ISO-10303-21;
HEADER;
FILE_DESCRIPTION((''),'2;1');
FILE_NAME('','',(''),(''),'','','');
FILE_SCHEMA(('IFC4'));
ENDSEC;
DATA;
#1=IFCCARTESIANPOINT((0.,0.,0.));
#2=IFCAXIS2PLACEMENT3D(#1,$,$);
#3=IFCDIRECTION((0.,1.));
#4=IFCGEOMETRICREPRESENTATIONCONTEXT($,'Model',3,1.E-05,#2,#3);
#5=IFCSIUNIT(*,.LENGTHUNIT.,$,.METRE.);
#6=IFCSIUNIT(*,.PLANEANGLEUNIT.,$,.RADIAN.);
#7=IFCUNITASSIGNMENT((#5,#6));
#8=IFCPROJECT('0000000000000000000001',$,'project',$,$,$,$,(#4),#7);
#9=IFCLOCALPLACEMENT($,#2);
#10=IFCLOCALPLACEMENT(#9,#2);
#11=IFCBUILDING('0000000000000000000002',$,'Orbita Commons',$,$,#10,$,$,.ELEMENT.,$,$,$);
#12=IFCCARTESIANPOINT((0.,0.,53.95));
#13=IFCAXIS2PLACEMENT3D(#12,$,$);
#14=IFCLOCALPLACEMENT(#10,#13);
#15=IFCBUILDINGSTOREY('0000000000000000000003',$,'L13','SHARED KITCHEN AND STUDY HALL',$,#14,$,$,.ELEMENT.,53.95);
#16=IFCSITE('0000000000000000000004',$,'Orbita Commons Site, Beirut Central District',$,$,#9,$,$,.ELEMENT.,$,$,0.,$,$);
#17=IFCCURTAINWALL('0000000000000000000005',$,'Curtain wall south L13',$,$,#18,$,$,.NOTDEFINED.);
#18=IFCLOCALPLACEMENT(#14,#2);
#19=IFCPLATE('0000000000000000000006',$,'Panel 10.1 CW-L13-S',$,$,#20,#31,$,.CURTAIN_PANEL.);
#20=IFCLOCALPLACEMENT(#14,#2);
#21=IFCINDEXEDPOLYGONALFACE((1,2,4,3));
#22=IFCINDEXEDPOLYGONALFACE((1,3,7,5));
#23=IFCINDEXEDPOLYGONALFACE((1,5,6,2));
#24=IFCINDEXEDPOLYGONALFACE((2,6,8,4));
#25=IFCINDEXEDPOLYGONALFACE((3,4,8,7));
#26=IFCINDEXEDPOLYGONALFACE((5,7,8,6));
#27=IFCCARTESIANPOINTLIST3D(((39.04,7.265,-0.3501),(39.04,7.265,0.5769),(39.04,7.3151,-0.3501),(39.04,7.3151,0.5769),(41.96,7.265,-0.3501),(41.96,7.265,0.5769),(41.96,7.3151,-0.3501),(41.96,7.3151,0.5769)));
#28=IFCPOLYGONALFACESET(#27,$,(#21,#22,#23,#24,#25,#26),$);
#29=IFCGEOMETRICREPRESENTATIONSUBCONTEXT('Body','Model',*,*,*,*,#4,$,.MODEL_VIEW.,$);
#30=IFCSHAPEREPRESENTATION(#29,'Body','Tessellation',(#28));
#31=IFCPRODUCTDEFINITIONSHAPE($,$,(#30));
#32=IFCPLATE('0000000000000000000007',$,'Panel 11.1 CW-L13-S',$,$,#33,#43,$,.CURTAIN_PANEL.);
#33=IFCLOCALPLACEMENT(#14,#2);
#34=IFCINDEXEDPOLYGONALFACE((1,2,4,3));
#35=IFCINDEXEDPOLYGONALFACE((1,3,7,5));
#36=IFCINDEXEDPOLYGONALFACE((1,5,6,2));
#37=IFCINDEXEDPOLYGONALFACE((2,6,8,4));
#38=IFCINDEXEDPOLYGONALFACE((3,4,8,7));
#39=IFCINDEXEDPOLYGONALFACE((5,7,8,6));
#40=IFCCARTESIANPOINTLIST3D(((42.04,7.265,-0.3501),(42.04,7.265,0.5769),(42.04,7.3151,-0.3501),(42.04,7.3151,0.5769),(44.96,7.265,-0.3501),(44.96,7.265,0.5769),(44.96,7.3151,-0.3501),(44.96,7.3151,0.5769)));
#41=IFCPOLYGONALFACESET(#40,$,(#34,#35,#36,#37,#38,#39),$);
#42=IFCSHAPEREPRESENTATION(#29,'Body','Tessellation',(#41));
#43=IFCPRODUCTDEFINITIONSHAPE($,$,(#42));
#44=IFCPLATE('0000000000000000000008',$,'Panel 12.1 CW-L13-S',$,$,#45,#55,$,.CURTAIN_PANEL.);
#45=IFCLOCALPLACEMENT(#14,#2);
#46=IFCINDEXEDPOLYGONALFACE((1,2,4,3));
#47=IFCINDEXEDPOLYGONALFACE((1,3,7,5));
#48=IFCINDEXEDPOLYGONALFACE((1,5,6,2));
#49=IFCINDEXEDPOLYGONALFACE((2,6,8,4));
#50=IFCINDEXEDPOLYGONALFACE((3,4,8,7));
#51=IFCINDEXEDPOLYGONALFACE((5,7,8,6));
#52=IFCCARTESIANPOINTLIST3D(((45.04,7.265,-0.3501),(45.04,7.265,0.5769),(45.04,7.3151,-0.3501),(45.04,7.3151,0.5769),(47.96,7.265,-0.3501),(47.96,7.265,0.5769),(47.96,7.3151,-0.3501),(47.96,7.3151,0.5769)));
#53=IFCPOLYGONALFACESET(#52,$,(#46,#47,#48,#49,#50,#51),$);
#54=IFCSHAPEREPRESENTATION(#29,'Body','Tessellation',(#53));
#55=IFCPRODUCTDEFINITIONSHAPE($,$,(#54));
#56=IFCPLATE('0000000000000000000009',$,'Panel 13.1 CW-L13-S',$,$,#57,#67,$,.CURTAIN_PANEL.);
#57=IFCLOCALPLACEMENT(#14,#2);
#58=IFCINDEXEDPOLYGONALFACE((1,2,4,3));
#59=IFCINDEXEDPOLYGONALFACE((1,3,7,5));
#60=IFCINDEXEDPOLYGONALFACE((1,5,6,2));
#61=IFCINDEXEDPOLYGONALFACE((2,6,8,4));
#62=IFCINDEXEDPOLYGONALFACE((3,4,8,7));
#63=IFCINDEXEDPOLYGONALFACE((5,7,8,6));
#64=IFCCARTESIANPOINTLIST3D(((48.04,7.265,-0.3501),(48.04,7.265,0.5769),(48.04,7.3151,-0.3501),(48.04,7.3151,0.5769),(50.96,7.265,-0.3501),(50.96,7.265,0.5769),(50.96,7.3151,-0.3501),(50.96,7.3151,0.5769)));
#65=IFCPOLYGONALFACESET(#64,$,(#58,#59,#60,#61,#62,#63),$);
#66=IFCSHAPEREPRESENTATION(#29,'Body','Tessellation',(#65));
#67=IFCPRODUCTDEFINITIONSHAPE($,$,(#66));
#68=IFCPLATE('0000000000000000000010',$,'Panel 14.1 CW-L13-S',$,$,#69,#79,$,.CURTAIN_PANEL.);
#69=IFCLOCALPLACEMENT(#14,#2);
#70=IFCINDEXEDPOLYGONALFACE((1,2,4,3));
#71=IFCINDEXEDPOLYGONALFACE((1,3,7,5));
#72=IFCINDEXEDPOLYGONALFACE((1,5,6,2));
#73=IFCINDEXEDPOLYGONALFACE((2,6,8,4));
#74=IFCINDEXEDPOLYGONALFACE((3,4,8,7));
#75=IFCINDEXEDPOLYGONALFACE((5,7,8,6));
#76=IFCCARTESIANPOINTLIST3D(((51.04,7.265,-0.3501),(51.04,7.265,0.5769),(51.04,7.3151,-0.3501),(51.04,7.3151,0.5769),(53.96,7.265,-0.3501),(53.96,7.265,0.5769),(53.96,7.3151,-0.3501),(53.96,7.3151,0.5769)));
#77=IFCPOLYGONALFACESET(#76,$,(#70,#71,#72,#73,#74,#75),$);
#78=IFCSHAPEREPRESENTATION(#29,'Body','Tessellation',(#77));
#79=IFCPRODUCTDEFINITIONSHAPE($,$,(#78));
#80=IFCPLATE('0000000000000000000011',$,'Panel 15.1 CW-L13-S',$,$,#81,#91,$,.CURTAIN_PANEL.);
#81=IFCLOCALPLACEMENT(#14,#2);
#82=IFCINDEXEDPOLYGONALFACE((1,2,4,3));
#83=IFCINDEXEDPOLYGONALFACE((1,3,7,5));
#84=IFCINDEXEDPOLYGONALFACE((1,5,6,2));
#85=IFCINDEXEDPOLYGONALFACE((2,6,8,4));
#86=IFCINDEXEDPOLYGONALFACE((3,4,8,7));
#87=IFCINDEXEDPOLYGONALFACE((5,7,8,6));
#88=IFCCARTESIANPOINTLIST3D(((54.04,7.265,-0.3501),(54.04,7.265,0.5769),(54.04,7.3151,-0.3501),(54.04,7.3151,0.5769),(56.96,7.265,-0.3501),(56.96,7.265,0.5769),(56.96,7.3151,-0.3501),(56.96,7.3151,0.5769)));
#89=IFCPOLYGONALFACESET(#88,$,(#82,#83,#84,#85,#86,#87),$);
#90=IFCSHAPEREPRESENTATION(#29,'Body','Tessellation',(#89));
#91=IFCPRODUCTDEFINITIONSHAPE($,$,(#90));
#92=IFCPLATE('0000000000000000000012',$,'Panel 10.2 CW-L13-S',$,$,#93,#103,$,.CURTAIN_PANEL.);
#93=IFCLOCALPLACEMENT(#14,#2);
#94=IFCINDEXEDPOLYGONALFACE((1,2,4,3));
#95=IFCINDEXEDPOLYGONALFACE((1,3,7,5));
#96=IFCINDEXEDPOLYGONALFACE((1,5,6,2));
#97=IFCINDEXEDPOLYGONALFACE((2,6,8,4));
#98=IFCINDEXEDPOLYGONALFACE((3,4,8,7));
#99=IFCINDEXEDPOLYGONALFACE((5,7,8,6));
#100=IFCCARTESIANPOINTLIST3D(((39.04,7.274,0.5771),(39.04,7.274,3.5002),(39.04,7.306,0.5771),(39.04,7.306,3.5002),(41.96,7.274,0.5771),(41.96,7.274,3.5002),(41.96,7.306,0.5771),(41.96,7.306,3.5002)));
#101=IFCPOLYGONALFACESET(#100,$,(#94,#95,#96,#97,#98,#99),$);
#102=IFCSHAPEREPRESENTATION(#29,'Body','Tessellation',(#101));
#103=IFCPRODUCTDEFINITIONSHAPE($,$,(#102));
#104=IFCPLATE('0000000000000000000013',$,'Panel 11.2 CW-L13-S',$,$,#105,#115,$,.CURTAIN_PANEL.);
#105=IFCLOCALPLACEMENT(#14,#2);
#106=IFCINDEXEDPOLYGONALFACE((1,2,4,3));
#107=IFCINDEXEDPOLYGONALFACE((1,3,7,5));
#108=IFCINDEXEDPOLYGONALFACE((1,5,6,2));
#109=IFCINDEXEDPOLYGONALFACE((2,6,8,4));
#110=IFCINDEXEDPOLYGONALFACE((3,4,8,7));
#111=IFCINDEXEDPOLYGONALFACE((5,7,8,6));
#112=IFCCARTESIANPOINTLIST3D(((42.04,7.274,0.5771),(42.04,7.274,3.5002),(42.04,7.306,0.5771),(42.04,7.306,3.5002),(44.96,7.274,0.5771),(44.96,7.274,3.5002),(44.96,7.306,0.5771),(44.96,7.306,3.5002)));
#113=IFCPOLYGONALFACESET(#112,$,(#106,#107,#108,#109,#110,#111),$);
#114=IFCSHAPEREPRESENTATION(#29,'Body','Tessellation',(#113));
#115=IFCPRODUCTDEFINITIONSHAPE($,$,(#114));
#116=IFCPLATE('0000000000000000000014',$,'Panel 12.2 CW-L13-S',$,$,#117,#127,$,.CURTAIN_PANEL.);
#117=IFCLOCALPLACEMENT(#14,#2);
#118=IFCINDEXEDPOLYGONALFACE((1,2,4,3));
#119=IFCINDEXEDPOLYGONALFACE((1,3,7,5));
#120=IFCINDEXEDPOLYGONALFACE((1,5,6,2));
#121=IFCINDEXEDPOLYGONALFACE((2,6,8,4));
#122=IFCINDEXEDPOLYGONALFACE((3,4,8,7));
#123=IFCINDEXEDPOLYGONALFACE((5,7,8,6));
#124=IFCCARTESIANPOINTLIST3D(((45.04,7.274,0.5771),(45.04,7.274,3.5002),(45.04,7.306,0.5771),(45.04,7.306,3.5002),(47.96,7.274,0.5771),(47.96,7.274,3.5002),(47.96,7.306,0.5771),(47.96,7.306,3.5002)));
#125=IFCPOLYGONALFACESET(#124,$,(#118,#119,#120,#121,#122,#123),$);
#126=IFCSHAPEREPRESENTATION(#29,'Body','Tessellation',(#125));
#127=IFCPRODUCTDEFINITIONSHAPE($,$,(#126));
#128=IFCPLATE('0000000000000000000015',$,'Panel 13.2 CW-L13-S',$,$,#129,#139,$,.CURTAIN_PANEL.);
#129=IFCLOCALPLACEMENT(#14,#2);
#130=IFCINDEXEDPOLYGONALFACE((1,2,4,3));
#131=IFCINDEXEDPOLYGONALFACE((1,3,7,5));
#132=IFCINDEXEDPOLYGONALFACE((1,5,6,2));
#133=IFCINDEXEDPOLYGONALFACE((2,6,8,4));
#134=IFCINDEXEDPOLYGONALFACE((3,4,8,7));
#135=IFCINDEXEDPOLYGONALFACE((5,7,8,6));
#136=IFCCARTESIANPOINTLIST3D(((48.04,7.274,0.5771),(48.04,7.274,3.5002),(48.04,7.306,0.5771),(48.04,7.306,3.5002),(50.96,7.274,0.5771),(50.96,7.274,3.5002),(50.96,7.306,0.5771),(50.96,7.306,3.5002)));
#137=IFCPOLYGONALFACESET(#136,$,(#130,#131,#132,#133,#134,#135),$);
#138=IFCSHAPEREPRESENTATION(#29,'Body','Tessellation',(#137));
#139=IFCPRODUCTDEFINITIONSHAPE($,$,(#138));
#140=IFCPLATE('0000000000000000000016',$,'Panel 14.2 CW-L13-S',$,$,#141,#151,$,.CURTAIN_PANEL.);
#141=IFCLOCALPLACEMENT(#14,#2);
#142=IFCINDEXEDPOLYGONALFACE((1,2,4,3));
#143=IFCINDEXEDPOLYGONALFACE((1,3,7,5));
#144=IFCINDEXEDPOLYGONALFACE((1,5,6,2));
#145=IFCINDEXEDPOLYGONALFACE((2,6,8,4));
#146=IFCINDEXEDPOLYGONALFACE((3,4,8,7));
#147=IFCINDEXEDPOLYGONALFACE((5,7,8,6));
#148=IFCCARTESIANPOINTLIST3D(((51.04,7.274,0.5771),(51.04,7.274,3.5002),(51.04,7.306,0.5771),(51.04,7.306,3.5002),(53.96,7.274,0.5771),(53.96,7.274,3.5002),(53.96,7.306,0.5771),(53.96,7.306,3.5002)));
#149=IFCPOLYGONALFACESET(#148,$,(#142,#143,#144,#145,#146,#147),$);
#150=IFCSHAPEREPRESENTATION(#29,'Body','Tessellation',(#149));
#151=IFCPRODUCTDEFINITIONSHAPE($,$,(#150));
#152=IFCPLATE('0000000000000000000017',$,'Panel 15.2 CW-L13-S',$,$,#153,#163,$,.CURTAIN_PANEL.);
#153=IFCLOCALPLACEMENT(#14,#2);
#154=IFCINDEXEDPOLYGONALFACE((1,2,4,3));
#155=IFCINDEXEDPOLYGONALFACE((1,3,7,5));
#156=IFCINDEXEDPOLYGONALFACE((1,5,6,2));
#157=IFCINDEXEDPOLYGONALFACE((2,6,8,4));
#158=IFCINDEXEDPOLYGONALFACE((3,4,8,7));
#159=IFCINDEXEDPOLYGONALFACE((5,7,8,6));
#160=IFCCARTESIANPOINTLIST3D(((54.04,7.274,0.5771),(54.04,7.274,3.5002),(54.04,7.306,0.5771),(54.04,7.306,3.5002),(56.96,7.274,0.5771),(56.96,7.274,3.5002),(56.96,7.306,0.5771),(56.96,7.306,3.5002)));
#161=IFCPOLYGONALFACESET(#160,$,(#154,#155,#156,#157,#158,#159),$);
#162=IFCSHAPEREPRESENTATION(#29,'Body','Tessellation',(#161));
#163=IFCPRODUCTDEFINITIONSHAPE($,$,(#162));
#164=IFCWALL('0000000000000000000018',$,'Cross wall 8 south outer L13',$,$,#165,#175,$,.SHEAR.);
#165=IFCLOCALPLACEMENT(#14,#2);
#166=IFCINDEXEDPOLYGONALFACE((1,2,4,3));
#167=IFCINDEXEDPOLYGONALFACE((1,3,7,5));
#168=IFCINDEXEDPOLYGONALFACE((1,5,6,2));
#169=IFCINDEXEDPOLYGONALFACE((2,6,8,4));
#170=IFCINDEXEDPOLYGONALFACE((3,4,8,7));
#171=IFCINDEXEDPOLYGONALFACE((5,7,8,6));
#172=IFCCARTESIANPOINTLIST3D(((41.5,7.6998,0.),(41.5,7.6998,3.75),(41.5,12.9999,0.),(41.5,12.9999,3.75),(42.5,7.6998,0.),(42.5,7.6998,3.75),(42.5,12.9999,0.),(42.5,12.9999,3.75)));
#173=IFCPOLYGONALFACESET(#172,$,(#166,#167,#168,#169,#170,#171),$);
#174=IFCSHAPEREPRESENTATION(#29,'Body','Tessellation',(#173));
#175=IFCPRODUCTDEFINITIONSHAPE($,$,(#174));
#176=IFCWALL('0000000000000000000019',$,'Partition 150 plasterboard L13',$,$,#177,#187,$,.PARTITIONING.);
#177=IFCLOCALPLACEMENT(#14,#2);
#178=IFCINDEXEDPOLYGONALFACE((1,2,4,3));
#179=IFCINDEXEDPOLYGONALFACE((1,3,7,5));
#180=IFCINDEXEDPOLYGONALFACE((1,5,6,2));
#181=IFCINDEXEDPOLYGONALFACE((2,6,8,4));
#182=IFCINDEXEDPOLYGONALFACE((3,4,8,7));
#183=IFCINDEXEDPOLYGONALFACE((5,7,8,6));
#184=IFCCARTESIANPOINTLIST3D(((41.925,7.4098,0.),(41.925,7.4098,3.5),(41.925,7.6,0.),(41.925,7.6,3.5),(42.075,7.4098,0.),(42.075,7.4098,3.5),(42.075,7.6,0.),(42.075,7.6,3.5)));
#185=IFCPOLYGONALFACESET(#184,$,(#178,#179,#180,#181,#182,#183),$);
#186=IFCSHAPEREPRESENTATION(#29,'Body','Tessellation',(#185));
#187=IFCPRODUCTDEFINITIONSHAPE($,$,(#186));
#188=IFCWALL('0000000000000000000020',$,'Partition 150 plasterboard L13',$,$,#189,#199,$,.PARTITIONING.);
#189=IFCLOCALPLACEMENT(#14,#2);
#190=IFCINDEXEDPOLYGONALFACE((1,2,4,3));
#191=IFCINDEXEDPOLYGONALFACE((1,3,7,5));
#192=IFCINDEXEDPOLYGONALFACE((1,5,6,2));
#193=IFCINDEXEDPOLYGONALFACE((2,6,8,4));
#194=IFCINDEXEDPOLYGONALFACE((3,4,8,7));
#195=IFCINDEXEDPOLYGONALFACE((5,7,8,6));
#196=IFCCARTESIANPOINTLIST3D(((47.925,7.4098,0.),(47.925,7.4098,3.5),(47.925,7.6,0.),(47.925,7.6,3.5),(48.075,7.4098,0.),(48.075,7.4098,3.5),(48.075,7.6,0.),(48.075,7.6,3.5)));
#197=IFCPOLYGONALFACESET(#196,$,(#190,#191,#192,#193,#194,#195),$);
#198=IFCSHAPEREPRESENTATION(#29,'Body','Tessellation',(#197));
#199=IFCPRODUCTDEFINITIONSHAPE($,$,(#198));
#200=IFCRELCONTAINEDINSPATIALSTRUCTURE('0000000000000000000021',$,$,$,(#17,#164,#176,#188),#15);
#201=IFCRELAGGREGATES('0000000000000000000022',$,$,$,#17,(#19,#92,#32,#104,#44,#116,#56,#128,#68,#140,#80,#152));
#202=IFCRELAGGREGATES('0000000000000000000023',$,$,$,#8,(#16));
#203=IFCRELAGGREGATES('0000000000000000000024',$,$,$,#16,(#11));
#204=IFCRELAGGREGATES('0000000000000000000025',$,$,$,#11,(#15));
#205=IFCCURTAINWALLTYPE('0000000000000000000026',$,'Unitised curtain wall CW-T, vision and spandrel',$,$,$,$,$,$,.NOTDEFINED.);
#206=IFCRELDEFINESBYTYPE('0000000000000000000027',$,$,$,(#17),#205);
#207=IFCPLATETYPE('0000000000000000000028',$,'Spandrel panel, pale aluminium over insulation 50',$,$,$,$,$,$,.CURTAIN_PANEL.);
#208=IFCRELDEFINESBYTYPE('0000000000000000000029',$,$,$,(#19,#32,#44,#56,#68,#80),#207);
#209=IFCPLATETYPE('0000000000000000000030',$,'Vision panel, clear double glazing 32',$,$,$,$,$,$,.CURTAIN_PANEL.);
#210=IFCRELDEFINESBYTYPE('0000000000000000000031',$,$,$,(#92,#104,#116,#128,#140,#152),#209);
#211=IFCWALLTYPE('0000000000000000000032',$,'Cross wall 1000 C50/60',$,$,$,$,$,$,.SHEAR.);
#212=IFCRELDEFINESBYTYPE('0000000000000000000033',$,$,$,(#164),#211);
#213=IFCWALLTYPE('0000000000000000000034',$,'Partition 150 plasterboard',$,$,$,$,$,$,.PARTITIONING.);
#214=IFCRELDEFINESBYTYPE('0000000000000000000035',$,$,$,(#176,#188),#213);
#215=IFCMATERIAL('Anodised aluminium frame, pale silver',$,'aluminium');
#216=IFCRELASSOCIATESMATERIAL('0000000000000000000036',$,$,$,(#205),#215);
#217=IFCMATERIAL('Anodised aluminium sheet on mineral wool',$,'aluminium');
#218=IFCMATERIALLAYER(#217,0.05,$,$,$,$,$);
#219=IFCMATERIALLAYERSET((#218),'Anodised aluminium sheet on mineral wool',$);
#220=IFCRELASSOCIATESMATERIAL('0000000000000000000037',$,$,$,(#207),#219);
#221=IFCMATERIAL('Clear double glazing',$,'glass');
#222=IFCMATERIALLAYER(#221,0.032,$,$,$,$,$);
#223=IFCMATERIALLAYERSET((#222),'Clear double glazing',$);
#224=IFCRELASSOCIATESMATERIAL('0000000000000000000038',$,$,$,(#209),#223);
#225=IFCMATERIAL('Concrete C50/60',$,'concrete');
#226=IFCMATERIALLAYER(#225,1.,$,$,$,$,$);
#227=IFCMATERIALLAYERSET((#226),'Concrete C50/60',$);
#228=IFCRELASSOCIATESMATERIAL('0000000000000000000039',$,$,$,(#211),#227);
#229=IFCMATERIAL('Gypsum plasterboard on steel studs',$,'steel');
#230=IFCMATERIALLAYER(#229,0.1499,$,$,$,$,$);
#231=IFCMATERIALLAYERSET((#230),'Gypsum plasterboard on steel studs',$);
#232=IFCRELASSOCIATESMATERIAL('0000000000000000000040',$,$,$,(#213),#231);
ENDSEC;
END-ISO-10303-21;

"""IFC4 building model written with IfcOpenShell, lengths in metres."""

from ifc_helpers import new_model, si_unit, direction, frame, frame_2d, origin, origin_2d, place, context, subcontext, project, spatial, rectangle, extrude, material, layer, layer_set, type_object, element, aggregate, save


model = new_model("IFC4")

# Units and contexts
model_context = context("Model", 3, precision=1e-05, world=origin(), true_north=direction((0.0, 1.0)))
body_context = subcontext(model_context, "Body", "Model", "MODEL_VIEW")
ifc_project = project(units=[si_unit("LENGTHUNIT", "METRE"), si_unit("PLANEANGLEUNIT", "RADIAN")], contexts=[model_context])

# Site, building, storey
site_placement = place(None, origin())
site = spatial("IfcSite", under=ifc_project, at=site_placement, Name="Orbita Commons Site, Beirut Central District", CompositionType="ELEMENT", RefElevation=0.0)
building_placement = place(site_placement, origin())
building = spatial("IfcBuilding", under=site, at=building_placement, Name="Orbita Commons", CompositionType="ELEMENT")
storey_placement = place(building_placement, frame((0.0, 0.0, 53.95)))
storey = spatial("IfcBuildingStorey", under=building, at=storey_placement, Name="L13", Description="SHARED KITCHEN AND STUDY HALL", CompositionType="ELEMENT", Elevation=53.95)

# Curtain wall, plates
ifc_material_1 = material(Name="Anodised aluminium frame, pale silver", Category="aluminium")
curtain_wall_type = type_object("IfcCurtainWallType", Name="Unitised curtain wall CW-T, vision and spandrel", PredefinedType="NOTDEFINED", material=ifc_material_1)
curtain_wall_placement = place(storey_placement, origin())
curtain_wall = element("IfcCurtainWall", 1, at=curtain_wall_placement, inside=storey, type_object=curtain_wall_type, Name="Curtain wall south L13", PredefinedType="NOTDEFINED")
ifc_material_2 = material(Name="Anodised aluminium sheet on mineral wool", Category="aluminium")
ifc_layer_1 = layer(ifc_material_2, 0.05)
ifc_layer_set_1 = layer_set([ifc_layer_1], Name="Anodised aluminium sheet on mineral wool")
plate_type_1 = type_object("IfcPlateType", Name="Spandrel panel, pale aluminium over insulation 50", PredefinedType="CURTAIN_PANEL", material=ifc_layer_set_1)
plate_1_placement = place(storey_placement, frame((40.5, 7.29, -0.3501), z_axis=(0.0, 0.0, 1.0), x_axis=(1.0, 0.0, 0.0)))
plate_1 = element("IfcPlate", 2, at=plate_1_placement, type_object=plate_type_1, Name="Panel 10.1 CW-L13-S", PredefinedType="CURTAIN_PANEL", context=body_context, shape_type="SweptSolid", body=[
    extrude(rectangle(XDim=2.9199, YDim=0.05, at=origin_2d()), origin(), (0.0, 0.0, 1.0), 0.927),
])
plate_2_placement = place(storey_placement, frame((43.5, 7.29, -0.3501), z_axis=(0.0, 0.0, 1.0), x_axis=(1.0, 0.0, 0.0)))
plate_2 = element("IfcPlate", 3, at=plate_2_placement, type_object=plate_type_1, Name="Panel 11.1 CW-L13-S", PredefinedType="CURTAIN_PANEL", context=body_context, shape_type="SweptSolid", body=[
    extrude(rectangle(XDim=2.9199, YDim=0.05, at=origin_2d()), origin(), (0.0, 0.0, 1.0), 0.927),
])
plate_3_placement = place(storey_placement, frame((46.5, 7.29, -0.3501), z_axis=(0.0, 0.0, 1.0), x_axis=(1.0, 0.0, 0.0)))
plate_3 = element("IfcPlate", 4, at=plate_3_placement, type_object=plate_type_1, Name="Panel 12.1 CW-L13-S", PredefinedType="CURTAIN_PANEL", context=body_context, shape_type="SweptSolid", body=[
    extrude(rectangle(XDim=2.9199, YDim=0.05, at=origin_2d()), origin(), (0.0, 0.0, 1.0), 0.927),
])
plate_4_placement = place(storey_placement, frame((49.5, 7.29, -0.3501), z_axis=(0.0, 0.0, 1.0), x_axis=(1.0, 0.0, 0.0)))
plate_4 = element("IfcPlate", 5, at=plate_4_placement, type_object=plate_type_1, Name="Panel 13.1 CW-L13-S", PredefinedType="CURTAIN_PANEL", context=body_context, shape_type="SweptSolid", body=[
    extrude(rectangle(XDim=2.9199, YDim=0.05, at=origin_2d()), origin(), (0.0, 0.0, 1.0), 0.927),
])
plate_5_placement = place(storey_placement, frame((52.5, 7.29, -0.3501), z_axis=(0.0, 0.0, 1.0), x_axis=(1.0, 0.0, 0.0)))
plate_5 = element("IfcPlate", 6, at=plate_5_placement, type_object=plate_type_1, Name="Panel 14.1 CW-L13-S", PredefinedType="CURTAIN_PANEL", context=body_context, shape_type="SweptSolid", body=[
    extrude(rectangle(XDim=2.9199, YDim=0.05, at=origin_2d()), origin(), (0.0, 0.0, 1.0), 0.927),
])
plate_6_placement = place(storey_placement, frame((55.5, 7.29, -0.3501), z_axis=(0.0, 0.0, 1.0), x_axis=(1.0, 0.0, 0.0)))
plate_6 = element("IfcPlate", 7, at=plate_6_placement, type_object=plate_type_1, Name="Panel 15.1 CW-L13-S", PredefinedType="CURTAIN_PANEL", context=body_context, shape_type="SweptSolid", body=[
    extrude(rectangle(XDim=2.9199, YDim=0.05, at=origin_2d()), origin(), (0.0, 0.0, 1.0), 0.927),
])
ifc_material_3 = material(Name="Clear double glazing", Category="glass")
ifc_layer_2 = layer(ifc_material_3, 0.032)
ifc_layer_set_2 = layer_set([ifc_layer_2], Name="Clear double glazing")
plate_type_2 = type_object("IfcPlateType", Name="Vision panel, clear double glazing 32", PredefinedType="CURTAIN_PANEL", material=ifc_layer_set_2)
plate_7_placement = place(storey_placement, frame((40.5, 7.29, 0.5771), z_axis=(0.0, 0.0, 1.0), x_axis=(1.0, 0.0, 0.0)))
plate_7 = element("IfcPlate", 8, at=plate_7_placement, type_object=plate_type_2, Name="Panel 10.2 CW-L13-S", PredefinedType="CURTAIN_PANEL", context=body_context, shape_type="SweptSolid", body=[
    extrude(rectangle(XDim=2.9199, YDim=0.032, at=origin_2d()), origin(), (0.0, 0.0, 1.0), 2.9231),
])
plate_8_placement = place(storey_placement, frame((43.5, 7.29, 0.5771), z_axis=(0.0, 0.0, 1.0), x_axis=(1.0, 0.0, 0.0)))
plate_8 = element("IfcPlate", 9, at=plate_8_placement, type_object=plate_type_2, Name="Panel 11.2 CW-L13-S", PredefinedType="CURTAIN_PANEL", context=body_context, shape_type="SweptSolid", body=[
    extrude(rectangle(XDim=2.9199, YDim=0.032, at=origin_2d()), origin(), (0.0, 0.0, 1.0), 2.9231),
])
plate_9_placement = place(storey_placement, frame((46.5, 7.29, 0.5771), z_axis=(0.0, 0.0, 1.0), x_axis=(1.0, 0.0, 0.0)))
plate_9 = element("IfcPlate", 10, at=plate_9_placement, type_object=plate_type_2, Name="Panel 12.2 CW-L13-S", PredefinedType="CURTAIN_PANEL", context=body_context, shape_type="SweptSolid", body=[
    extrude(rectangle(XDim=2.9199, YDim=0.032, at=origin_2d()), origin(), (0.0, 0.0, 1.0), 2.9231),
])
plate_10_placement = place(storey_placement, frame((49.5, 7.29, 0.5771), z_axis=(0.0, 0.0, 1.0), x_axis=(1.0, 0.0, 0.0)))
plate_10 = element("IfcPlate", 11, at=plate_10_placement, type_object=plate_type_2, Name="Panel 13.2 CW-L13-S", PredefinedType="CURTAIN_PANEL", context=body_context, shape_type="SweptSolid", body=[
    extrude(rectangle(XDim=2.9199, YDim=0.032, at=origin_2d()), origin(), (0.0, 0.0, 1.0), 2.9231),
])
plate_11_placement = place(storey_placement, frame((52.5, 7.29, 0.5771), z_axis=(0.0, 0.0, 1.0), x_axis=(1.0, 0.0, 0.0)))
plate_11 = element("IfcPlate", 12, at=plate_11_placement, type_object=plate_type_2, Name="Panel 14.2 CW-L13-S", PredefinedType="CURTAIN_PANEL", context=body_context, shape_type="SweptSolid", body=[
    extrude(rectangle(XDim=2.9199, YDim=0.032, at=origin_2d()), origin(), (0.0, 0.0, 1.0), 2.9231),
])
plate_12_placement = place(storey_placement, frame((55.5, 7.29, 0.5771), z_axis=(0.0, 0.0, 1.0), x_axis=(1.0, 0.0, 0.0)))
plate_12 = element("IfcPlate", 13, at=plate_12_placement, type_object=plate_type_2, Name="Panel 15.2 CW-L13-S", PredefinedType="CURTAIN_PANEL", context=body_context, shape_type="SweptSolid", body=[
    extrude(rectangle(XDim=2.9199, YDim=0.032, at=origin_2d()), origin(), (0.0, 0.0, 1.0), 2.9231),
])
aggregate(curtain_wall, [plate_1, plate_7, plate_2, plate_8, plate_3, plate_9, plate_4, plate_10, plate_5, plate_11, plate_6, plate_12])

# Walls
ifc_material_4 = material(Name="Concrete C50/60", Category="concrete")
ifc_layer_3 = layer(ifc_material_4, 1.0)
ifc_layer_set_3 = layer_set([ifc_layer_3], Name="Concrete C50/60")
wall_type_1 = type_object("IfcWallType", Name="Cross wall 1000 C50/60", PredefinedType="SHEAR", material=ifc_layer_set_3)
wall_1_placement = place(storey_placement, frame((42.0, 7.7, 0.0), z_axis=(0.0, 0.0, 1.0), x_axis=(0.0, 1.0, 0.0)))
element("IfcWall", 14, at=wall_1_placement, inside=storey, type_object=wall_type_1, Name="Cross wall 8 south outer L13", PredefinedType="SHEAR", context=body_context, shape_type="SweptSolid", body=[
    extrude(rectangle(XDim=5.3, YDim=1.0, at=frame_2d((2.6499, 0.0))), origin(), (0.0, 0.0, 1.0), 3.75),
])
ifc_material_5 = material(Name="Gypsum plasterboard on steel studs", Category="steel")
ifc_layer_4 = layer(ifc_material_5, 0.1499)
ifc_layer_set_4 = layer_set([ifc_layer_4], Name="Gypsum plasterboard on steel studs")
wall_type_2 = type_object("IfcWallType", Name="Partition 150 plasterboard", PredefinedType="PARTITIONING", material=ifc_layer_set_4)
for number, where, z_axis, x_axis, name in (
    (15, (42.0, 7.6001, 0.0), (0.0, 0.0, 1.0), (0.0, -1.0, 0.0), "Partition 150 plasterboard L13"),
    (16, (48.0, 7.6001, 0.0), (0.0, 0.0, 1.0), (0.0, -1.0, 0.0), "Partition 150 plasterboard L13"),
):
    element("IfcWall", number, at=place(storey_placement, frame(where, z_axis=z_axis, x_axis=x_axis)), inside=storey, type_object=wall_type_2, Name=name, PredefinedType="PARTITIONING", context=body_context, shape_type="SweptSolid", body=[
        extrude(rectangle(XDim=0.1902, YDim=0.1499, at=frame_2d((0.0952, 0.0))), origin(), (0.0, 0.0, 1.0), 3.5),
    ])

save(model, "model.ifc")
